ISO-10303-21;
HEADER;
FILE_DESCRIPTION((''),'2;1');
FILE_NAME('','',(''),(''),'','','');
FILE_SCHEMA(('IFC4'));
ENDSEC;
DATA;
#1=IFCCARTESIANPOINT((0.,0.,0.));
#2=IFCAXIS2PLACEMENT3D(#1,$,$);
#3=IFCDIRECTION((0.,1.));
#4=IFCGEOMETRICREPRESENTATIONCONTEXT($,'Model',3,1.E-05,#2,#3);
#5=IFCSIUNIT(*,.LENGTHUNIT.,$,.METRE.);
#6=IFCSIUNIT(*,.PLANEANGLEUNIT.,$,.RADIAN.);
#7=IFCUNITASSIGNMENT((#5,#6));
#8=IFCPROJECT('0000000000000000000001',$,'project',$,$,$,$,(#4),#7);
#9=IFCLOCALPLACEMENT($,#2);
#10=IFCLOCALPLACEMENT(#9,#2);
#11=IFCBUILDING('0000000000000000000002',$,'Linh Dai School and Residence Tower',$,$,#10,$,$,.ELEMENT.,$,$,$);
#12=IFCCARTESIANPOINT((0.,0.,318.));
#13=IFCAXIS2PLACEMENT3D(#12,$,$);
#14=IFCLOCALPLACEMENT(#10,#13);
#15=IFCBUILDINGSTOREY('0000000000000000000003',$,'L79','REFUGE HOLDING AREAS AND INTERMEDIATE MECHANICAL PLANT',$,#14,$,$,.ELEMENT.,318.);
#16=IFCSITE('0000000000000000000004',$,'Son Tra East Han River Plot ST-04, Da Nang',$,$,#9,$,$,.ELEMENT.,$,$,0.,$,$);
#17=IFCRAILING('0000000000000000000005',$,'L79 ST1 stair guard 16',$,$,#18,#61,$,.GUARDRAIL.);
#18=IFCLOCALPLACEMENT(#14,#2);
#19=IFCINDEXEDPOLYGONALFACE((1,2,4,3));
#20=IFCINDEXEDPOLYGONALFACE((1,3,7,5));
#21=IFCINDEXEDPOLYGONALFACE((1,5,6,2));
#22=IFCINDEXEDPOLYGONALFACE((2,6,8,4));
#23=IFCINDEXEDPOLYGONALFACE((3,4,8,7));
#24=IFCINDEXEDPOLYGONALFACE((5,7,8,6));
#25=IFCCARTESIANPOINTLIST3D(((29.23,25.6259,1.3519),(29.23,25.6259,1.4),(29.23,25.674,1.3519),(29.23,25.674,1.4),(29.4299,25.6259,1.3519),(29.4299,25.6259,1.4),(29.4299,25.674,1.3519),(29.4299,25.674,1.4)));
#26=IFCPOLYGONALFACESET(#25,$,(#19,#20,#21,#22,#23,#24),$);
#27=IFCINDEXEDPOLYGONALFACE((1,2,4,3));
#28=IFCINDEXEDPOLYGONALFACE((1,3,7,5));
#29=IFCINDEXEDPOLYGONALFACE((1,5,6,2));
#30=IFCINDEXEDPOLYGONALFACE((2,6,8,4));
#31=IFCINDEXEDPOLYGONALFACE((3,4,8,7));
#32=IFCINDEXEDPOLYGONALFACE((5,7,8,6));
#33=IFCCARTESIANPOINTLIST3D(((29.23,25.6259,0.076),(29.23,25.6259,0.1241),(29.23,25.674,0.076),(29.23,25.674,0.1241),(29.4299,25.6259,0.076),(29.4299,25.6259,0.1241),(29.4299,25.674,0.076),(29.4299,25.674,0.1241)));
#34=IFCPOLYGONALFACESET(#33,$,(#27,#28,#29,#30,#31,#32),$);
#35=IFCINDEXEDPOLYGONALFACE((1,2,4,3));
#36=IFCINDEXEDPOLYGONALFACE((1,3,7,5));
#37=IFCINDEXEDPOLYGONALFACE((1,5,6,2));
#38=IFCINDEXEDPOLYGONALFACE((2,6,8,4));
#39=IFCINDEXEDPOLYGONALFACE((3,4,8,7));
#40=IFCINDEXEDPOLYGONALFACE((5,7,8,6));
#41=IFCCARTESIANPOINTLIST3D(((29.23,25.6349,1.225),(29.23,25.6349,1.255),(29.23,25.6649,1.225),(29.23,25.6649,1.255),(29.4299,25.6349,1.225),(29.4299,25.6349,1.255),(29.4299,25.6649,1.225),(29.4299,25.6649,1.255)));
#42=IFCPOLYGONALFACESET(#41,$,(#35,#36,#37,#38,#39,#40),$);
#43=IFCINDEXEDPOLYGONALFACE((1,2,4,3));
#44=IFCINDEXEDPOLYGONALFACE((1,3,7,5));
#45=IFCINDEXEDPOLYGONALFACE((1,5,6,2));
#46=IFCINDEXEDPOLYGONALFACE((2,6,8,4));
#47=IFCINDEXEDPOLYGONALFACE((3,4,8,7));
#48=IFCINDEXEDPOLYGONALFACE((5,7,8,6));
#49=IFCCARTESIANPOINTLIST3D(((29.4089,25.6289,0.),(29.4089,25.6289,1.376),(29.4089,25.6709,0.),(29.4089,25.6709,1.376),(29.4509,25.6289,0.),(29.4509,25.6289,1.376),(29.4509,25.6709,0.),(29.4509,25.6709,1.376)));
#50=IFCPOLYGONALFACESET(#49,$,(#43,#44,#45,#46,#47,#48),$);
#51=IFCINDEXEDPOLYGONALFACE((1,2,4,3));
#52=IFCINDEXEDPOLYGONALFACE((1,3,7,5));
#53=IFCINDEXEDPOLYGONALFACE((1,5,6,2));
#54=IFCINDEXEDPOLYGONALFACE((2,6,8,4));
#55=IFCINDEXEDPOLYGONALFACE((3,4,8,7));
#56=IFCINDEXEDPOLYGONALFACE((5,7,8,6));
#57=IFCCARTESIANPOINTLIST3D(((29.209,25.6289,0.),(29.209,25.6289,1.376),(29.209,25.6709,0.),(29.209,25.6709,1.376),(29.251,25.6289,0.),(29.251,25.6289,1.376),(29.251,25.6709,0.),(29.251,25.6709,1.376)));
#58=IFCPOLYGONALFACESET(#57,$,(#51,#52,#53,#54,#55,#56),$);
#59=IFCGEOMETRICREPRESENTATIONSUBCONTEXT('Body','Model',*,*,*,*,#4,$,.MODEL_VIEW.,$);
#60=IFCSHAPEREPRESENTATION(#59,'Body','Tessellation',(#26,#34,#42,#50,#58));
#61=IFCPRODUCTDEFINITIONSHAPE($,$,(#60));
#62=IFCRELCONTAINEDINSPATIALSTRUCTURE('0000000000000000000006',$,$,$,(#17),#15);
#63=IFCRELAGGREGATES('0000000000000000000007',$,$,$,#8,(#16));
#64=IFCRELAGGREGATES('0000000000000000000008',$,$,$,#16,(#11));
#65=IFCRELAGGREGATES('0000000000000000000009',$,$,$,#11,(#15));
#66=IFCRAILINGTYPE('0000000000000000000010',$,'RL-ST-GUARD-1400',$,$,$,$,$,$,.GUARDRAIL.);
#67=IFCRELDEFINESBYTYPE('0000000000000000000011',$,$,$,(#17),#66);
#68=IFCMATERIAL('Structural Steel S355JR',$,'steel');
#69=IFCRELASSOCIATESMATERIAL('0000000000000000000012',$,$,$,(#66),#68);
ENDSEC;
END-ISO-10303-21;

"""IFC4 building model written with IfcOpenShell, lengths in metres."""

from ifc_helpers import new_model, si_unit, direction, frame, origin, origin_2d, place, context, subcontext, project, spatial, rectangle, extrude, source, transform, mapped, material, type_object, element, save


model = new_model("IFC4")

# Units and contexts
model_context = context("Model", 3, precision=1e-05, world=origin(), true_north=direction((0.0, 1.0)))
body_context = subcontext(model_context, "Body", "Model", "MODEL_VIEW")
ifc_project = project(units=[si_unit("LENGTHUNIT", "METRE"), si_unit("PLANEANGLEUNIT", "RADIAN")], contexts=[model_context])

# Site, building, storey
site_placement = place(None, origin())
site = spatial("IfcSite", under=ifc_project, at=site_placement, Name="Son Tra East Han River Plot ST-04, Da Nang", CompositionType="ELEMENT", RefElevation=0.0)
building_placement = place(site_placement, origin())
building = spatial("IfcBuilding", under=site, at=building_placement, Name="Linh Dai School and Residence Tower", CompositionType="ELEMENT")
storey_placement = place(building_placement, frame((0.0, 0.0, 318.0)))
storey = spatial("IfcBuildingStorey", under=building, at=storey_placement, Name="L79", Description="REFUGE HOLDING AREAS AND INTERMEDIATE MECHANICAL PLANT", CompositionType="ELEMENT", Elevation=318.0)

# Shared definitions
ifc_material_1 = material(Name="Structural Steel S355JR", Category="steel")

# Railing
railing_type_1 = type_object("IfcRailingType", Name="RL-ST-GUARD-1400", PredefinedType="GUARDRAIL", material=ifc_material_1)
shared_shape_1 = source(origin(), body_context, "Body", "SweptSolid", [
    extrude(rectangle(XDim=0.0481, YDim=0.0481, at=origin_2d()), frame((0.0, 0.0, 1.376), z_axis=(-1.0, 0.0, 0.0), x_axis=(0.0, -1.0, 0.0)), (0.0, 0.0, 1.0), 0.2),
    extrude(rectangle(XDim=0.0481, YDim=0.0481, at=origin_2d()), frame((0.0, 0.0, 0.1001), z_axis=(-1.0, 0.0, 0.0), x_axis=(0.0, -1.0, 0.0)), (0.0, 0.0, 1.0), 0.2),
    extrude(rectangle(XDim=0.03, YDim=0.03, at=origin_2d()), frame((0.0, 0.0, 1.24), z_axis=(-1.0, 0.0, 0.0), x_axis=(0.0, -1.0, 0.0)), (0.0, 0.0, 1.0), 0.2),
    extrude(rectangle(XDim=0.042, YDim=0.042, at=origin_2d()), origin(), (0.0, 0.0, 1.0), 1.376),
    extrude(rectangle(XDim=0.042, YDim=0.042, at=origin_2d()), frame((-0.2, 0.0, 0.0)), (0.0, 0.0, 1.0), 1.376),
])
for number, where, name in (
    (1, (29.4299, 25.6499, 0.0), "L79 ST1 stair guard 16"),
):
    element("IfcRailing", number, at=place(storey_placement, frame(where)), inside=storey, type_object=railing_type_1, Name=name, PredefinedType="GUARDRAIL", context=body_context, shape_type="MappedRepresentation", body=[
        mapped(shared_shape_1, transform((0.0, 0.0, 0.0), x_axis=(1.0, 0.0, 0.0), y_axis=(0.0, 1.0, 0.0), z_axis=(0.0, 0.0, 1.0), scale=1.0)),
    ])

save(model, "model.ifc")
